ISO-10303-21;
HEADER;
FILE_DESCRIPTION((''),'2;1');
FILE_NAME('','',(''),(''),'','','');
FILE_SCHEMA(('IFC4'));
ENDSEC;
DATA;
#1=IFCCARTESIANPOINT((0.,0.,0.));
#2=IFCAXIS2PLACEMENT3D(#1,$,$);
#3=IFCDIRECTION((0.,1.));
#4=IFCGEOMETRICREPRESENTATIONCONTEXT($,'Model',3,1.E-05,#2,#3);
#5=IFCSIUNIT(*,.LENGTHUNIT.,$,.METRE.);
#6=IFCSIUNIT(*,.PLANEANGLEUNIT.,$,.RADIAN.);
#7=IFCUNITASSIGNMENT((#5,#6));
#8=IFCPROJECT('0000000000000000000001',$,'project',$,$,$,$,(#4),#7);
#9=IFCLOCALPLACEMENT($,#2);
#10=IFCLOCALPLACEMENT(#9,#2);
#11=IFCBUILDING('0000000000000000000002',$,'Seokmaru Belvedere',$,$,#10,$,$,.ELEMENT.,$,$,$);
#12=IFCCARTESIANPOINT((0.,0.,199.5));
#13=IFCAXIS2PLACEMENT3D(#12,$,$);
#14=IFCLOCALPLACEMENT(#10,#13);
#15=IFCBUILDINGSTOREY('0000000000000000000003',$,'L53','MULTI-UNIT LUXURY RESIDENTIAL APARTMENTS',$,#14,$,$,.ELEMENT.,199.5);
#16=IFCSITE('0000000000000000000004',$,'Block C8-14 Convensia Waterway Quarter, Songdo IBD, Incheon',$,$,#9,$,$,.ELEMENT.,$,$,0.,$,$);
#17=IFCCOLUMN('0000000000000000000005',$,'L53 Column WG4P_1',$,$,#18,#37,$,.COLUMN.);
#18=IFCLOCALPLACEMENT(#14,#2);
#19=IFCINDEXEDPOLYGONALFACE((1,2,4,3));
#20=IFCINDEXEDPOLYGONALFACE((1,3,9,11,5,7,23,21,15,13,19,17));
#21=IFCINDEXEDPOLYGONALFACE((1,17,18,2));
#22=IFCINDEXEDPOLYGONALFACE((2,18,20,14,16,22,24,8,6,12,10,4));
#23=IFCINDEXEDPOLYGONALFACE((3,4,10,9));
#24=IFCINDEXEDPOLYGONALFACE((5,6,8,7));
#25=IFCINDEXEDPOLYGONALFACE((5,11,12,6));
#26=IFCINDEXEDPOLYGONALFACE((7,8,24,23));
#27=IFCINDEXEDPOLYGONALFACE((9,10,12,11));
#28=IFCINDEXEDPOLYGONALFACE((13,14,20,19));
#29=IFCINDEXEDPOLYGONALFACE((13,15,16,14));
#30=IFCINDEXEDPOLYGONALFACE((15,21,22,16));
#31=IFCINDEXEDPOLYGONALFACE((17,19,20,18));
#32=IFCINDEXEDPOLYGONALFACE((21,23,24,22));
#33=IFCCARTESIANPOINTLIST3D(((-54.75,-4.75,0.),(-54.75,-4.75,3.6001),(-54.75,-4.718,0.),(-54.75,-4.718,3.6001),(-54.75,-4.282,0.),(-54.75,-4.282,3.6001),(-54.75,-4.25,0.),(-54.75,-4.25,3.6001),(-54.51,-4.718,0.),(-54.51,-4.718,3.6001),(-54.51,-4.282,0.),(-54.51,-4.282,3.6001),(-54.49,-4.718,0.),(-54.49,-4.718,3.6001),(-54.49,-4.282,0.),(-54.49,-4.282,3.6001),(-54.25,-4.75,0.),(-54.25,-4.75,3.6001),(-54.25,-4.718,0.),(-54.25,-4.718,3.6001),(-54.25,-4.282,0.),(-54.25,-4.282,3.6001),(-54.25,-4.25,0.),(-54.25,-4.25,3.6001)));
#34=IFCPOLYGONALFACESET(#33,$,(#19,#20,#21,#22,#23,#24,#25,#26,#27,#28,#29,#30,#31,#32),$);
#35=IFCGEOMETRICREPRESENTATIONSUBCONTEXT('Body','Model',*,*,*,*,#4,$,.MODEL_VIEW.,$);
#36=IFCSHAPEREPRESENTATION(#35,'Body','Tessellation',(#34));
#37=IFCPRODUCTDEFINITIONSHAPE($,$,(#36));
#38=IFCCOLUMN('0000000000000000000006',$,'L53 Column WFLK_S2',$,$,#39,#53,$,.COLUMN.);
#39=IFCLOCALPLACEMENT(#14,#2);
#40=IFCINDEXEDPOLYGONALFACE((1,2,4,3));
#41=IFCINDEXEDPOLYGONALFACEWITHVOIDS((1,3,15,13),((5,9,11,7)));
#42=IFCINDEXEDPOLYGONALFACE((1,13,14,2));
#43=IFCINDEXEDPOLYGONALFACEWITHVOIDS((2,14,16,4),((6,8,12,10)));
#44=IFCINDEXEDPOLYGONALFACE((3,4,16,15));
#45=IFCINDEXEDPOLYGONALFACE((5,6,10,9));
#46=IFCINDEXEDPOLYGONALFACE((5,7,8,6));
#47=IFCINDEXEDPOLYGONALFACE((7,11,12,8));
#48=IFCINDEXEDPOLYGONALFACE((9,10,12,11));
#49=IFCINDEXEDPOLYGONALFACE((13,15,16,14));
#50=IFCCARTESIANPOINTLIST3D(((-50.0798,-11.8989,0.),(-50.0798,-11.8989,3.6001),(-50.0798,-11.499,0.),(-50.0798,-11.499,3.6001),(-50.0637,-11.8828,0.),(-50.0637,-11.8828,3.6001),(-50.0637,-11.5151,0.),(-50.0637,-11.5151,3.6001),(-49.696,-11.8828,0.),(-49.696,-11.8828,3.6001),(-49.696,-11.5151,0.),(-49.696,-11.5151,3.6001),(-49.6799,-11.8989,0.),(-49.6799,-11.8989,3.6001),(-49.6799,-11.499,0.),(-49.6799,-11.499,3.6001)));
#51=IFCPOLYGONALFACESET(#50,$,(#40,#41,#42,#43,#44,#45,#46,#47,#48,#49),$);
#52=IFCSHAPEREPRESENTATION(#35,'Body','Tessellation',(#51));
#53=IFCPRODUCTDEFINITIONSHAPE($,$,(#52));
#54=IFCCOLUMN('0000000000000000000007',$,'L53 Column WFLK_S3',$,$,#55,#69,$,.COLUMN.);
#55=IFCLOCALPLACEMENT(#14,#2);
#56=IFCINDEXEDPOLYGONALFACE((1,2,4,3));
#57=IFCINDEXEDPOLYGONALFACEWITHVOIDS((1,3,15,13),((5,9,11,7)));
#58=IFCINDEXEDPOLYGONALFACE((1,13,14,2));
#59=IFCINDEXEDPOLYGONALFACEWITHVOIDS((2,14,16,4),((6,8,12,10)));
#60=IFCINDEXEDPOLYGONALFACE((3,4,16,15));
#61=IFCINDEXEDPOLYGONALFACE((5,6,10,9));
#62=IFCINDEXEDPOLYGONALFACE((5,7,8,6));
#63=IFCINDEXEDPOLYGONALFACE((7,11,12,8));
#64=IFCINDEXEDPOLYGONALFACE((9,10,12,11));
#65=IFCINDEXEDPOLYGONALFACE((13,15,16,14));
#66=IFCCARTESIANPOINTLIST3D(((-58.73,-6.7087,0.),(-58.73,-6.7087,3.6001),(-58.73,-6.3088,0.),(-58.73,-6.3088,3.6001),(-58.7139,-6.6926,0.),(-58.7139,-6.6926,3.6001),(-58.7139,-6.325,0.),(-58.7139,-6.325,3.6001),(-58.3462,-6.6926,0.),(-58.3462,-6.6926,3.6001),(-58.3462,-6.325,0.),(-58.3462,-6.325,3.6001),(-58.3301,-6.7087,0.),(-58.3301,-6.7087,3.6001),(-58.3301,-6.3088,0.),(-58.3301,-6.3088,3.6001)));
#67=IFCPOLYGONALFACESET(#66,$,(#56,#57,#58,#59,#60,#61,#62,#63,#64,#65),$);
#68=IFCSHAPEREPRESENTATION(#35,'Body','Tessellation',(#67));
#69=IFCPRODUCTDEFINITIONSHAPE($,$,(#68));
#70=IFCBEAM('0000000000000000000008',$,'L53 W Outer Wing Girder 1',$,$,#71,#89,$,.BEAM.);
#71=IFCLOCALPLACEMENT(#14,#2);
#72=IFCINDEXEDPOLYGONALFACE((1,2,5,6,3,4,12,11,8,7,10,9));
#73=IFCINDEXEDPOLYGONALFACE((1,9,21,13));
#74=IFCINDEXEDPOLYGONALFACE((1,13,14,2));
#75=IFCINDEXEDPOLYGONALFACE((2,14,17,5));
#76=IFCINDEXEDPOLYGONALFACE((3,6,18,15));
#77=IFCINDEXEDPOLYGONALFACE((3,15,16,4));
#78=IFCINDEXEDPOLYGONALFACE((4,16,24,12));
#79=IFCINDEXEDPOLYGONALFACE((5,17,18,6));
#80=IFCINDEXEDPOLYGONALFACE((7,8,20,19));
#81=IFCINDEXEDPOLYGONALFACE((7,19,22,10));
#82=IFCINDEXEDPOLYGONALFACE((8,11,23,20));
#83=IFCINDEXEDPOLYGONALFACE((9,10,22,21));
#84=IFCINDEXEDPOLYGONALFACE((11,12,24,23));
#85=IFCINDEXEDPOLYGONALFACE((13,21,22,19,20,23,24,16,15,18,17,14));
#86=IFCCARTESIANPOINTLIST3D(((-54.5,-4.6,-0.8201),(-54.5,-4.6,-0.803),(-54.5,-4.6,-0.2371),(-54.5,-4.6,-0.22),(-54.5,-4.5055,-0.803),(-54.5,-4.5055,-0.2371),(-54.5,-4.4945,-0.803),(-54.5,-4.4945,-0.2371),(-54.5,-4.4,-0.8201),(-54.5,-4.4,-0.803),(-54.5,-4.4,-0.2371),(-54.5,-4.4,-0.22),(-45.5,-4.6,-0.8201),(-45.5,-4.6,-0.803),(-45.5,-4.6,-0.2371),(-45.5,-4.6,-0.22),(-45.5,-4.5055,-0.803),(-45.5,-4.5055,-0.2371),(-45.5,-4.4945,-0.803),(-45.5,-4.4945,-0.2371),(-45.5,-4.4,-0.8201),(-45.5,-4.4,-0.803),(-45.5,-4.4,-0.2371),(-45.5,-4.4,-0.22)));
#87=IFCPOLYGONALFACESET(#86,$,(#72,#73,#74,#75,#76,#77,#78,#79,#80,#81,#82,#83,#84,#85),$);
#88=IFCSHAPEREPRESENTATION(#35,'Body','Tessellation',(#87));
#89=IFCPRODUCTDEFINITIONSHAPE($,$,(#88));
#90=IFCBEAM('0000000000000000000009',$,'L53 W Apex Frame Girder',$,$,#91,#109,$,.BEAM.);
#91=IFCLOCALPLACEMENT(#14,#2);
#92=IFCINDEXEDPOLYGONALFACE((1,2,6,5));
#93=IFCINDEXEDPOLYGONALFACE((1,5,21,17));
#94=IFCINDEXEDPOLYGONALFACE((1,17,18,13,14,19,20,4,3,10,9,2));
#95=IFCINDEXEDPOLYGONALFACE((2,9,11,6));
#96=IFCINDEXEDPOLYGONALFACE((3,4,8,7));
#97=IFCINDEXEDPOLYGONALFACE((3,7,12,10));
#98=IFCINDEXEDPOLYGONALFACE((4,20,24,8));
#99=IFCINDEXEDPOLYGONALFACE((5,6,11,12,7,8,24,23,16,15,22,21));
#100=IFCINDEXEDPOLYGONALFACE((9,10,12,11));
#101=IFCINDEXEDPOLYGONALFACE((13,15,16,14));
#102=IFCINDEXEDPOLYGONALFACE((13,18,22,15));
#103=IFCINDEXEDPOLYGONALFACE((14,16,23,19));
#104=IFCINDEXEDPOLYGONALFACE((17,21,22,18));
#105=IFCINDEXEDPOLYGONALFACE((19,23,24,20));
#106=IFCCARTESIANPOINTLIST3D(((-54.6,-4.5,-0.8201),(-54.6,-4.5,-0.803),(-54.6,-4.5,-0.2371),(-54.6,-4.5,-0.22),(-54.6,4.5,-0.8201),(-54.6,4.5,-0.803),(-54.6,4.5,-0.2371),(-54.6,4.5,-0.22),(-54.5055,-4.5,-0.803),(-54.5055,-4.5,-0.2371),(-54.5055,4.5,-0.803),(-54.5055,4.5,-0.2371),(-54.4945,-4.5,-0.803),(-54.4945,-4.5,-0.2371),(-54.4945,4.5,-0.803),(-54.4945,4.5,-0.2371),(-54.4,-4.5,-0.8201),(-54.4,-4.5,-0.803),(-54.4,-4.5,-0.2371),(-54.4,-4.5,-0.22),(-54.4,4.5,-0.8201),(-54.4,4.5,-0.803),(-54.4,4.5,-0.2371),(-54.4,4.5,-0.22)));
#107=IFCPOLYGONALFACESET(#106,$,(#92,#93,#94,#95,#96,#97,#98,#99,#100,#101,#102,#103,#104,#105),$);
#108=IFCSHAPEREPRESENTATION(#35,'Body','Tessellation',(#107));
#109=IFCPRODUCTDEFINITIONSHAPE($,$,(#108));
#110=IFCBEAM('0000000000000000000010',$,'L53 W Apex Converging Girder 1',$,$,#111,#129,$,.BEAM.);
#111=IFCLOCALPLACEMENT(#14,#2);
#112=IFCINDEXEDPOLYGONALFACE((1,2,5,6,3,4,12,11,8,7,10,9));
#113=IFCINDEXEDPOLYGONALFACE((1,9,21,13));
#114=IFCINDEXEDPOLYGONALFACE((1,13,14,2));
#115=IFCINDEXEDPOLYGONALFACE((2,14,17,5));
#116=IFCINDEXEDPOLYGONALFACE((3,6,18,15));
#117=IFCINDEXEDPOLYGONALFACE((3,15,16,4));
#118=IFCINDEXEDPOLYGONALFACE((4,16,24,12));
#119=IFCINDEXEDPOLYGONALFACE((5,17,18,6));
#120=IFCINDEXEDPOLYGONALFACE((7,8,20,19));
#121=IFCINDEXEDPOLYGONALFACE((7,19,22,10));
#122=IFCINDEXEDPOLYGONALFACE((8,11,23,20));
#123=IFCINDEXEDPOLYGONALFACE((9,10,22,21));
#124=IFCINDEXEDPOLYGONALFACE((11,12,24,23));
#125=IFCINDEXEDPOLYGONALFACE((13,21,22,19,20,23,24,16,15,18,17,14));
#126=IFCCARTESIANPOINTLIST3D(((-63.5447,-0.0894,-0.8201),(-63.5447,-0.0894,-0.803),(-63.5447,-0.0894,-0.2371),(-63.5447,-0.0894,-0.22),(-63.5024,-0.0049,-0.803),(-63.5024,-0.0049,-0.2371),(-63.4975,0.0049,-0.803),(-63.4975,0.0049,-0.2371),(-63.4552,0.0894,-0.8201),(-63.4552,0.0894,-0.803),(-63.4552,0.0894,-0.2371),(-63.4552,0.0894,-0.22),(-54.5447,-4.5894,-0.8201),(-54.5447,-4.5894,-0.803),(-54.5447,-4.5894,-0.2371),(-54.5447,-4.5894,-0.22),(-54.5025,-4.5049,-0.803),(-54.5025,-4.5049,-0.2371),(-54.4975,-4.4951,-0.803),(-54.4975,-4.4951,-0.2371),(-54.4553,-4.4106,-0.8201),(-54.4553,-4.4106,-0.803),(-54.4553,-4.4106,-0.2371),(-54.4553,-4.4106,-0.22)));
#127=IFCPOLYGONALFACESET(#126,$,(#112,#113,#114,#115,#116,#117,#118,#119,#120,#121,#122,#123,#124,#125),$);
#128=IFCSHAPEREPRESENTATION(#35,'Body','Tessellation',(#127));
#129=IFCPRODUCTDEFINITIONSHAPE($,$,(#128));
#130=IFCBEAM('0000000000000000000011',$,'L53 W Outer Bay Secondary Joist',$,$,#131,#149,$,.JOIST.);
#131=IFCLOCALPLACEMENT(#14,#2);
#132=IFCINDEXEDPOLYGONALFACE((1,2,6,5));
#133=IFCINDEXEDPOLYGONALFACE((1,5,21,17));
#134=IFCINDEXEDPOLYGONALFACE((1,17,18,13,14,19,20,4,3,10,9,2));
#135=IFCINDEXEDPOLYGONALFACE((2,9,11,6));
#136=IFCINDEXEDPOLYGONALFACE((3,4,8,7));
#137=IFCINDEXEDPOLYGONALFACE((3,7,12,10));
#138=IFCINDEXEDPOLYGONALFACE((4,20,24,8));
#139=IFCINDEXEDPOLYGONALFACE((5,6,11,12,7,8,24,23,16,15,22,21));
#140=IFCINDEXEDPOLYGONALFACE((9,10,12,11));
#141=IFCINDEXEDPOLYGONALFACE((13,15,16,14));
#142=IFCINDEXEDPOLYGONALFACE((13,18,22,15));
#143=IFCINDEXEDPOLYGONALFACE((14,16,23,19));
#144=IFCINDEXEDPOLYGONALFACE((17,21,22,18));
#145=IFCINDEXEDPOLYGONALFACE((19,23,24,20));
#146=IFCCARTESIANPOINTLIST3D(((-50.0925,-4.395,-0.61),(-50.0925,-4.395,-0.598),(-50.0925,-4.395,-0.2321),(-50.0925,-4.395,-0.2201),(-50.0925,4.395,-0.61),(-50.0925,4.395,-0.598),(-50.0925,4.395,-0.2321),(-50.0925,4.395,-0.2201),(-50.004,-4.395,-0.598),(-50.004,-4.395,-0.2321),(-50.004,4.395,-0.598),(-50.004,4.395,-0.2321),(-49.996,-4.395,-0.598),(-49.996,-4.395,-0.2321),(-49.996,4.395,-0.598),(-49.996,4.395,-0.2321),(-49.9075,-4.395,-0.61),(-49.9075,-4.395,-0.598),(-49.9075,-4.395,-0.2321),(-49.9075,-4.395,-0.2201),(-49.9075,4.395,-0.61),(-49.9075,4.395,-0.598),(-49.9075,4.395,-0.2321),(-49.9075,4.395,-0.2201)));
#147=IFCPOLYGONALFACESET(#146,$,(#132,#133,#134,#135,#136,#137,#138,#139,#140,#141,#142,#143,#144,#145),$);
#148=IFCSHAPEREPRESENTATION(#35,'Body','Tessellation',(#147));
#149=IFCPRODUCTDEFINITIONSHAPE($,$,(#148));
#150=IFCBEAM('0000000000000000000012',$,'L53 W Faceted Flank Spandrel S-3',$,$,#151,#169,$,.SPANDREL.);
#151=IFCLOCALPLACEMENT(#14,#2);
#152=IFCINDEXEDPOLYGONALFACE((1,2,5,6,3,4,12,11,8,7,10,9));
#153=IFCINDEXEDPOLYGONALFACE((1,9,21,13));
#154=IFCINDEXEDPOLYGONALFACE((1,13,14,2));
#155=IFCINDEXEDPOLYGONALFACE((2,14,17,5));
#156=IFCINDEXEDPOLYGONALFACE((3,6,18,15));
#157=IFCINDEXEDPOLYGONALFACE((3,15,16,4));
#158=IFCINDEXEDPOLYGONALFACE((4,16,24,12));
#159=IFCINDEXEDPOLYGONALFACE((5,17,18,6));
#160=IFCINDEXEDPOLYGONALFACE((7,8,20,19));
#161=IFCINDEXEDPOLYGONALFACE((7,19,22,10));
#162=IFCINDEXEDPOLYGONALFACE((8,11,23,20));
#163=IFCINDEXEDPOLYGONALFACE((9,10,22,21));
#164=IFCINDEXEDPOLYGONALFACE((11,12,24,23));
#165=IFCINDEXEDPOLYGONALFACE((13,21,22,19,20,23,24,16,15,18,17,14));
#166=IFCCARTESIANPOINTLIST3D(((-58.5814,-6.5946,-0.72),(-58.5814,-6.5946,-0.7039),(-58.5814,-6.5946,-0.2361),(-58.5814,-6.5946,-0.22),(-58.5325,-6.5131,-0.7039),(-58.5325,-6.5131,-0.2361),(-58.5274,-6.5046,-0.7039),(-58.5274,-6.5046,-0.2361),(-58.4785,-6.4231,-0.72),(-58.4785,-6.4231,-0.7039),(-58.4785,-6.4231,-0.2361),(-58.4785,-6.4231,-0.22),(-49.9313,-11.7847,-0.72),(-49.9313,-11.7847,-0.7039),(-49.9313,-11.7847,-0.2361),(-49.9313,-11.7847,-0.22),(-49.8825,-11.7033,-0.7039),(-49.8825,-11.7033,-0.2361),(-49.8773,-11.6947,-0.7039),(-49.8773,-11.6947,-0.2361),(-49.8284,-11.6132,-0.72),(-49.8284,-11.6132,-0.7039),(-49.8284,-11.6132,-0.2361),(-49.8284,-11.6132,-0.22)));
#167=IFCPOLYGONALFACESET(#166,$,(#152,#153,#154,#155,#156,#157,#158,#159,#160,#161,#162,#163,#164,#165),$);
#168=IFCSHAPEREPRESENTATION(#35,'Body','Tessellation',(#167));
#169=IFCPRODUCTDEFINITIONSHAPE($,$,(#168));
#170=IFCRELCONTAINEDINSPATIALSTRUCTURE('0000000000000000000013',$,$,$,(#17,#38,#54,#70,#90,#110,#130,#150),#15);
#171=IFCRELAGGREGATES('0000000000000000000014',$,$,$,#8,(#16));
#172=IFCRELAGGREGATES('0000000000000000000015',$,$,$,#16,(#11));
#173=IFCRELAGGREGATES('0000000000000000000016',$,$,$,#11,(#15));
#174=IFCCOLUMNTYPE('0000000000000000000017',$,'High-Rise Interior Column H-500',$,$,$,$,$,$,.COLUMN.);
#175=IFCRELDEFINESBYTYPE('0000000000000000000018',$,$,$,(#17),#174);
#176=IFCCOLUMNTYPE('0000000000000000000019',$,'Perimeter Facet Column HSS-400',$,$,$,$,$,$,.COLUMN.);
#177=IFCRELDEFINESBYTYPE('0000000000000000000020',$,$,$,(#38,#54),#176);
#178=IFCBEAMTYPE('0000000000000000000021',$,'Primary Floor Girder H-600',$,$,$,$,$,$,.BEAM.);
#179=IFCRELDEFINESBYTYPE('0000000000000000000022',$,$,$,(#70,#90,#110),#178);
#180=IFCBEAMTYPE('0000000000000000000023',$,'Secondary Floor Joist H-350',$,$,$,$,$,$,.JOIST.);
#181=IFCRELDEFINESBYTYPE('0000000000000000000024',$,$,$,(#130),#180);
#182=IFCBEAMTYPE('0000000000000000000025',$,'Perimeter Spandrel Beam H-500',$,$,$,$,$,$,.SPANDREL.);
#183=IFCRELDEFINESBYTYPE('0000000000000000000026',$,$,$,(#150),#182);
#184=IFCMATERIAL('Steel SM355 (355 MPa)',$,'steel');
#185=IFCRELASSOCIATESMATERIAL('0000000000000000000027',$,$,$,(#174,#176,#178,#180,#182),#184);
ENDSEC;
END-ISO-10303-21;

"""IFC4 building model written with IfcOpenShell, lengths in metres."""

from ifc_helpers import new_model, si_unit, direction, frame, origin, origin_2d, place, context, subcontext, project, spatial, hollow_rectangle, i_section, extrude, source, transform, mapped, material, material_profile, profile_set, type_object, type_shapes, element, save


model = new_model("IFC4")

# Units and contexts
model_context = context("Model", 3, precision=1e-05, world=origin(), true_north=direction((0.0, 1.0)))
body_context = subcontext(model_context, "Body", "Model", "MODEL_VIEW")
ifc_project = project(units=[si_unit("LENGTHUNIT", "METRE"), si_unit("PLANEANGLEUNIT", "RADIAN")], contexts=[model_context])

# Site, building, storey
site_placement = place(None, origin())
site = spatial("IfcSite", under=ifc_project, at=site_placement, Name="Block C8-14 Convensia Waterway Quarter, Songdo IBD, Incheon", CompositionType="ELEMENT", RefElevation=0.0)
building_placement = place(site_placement, origin())
building = spatial("IfcBuilding", under=site, at=building_placement, Name="Seokmaru Belvedere", CompositionType="ELEMENT")
storey_placement = place(building_placement, frame((0.0, 0.0, 199.5)))
storey = spatial("IfcBuildingStorey", under=building, at=storey_placement, Name="L53", Description="MULTI-UNIT LUXURY RESIDENTIAL APARTMENTS", CompositionType="ELEMENT", Elevation=199.5)

# Columns
ifc_material_1 = material(Name="Steel SM355 (355 MPa)", Category="steel")
ifc_material_profile_1 = material_profile(ifc_material_1, i_section(OverallWidth=0.5, OverallDepth=0.5, WebThickness=0.02, FlangeThickness=0.032, at=origin_2d()), Name="H-500x500x20x32")
ifc_profile_set_1 = profile_set([ifc_material_profile_1], Name="Steel SM355 (355 MPa)")
column_type_1 = type_object("IfcColumnType", Name="High-Rise Interior Column H-500", PredefinedType="COLUMN", material=ifc_profile_set_1)
shared_shape_1 = source(origin(), body_context, "Body", "SweptSolid", [
    extrude(i_section(OverallWidth=0.5, OverallDepth=0.5, WebThickness=0.02, FlangeThickness=0.032, at=origin_2d()), origin(), (0.0, 0.0, 1.0), 3.6001),
])
type_shapes(column_type_1, [shared_shape_1])
column_placement = place(storey_placement, frame((-54.5, -4.5, 0.0), z_axis=(0.0, 0.0, 1.0), x_axis=(1.0, 0.0, 0.0)))
element("IfcColumn", 1, at=column_placement, inside=storey, type_object=column_type_1, Name="L53 Column WG4P_1", PredefinedType="COLUMN", context=body_context, shape_type="MappedRepresentation", body=[
    mapped(shared_shape_1, transform((0.0, 0.0, 0.0), scale=1.0)),
])
ifc_material_profile_2 = material_profile(ifc_material_1, hollow_rectangle(XDim=0.3999, YDim=0.3999, WallThickness=0.0161, at=origin_2d()), Name="HSS-400x400x16")
ifc_profile_set_2 = profile_set([ifc_material_profile_2], Name="Steel SM355 (355 MPa)")
column_type_2 = type_object("IfcColumnType", Name="Perimeter Facet Column HSS-400", PredefinedType="COLUMN", material=ifc_profile_set_2)
shared_shape_2 = source(origin(), body_context, "Body", "SweptSolid", [
    extrude(hollow_rectangle(XDim=0.3999, YDim=0.3999, WallThickness=0.0161, at=origin_2d()), origin(), (0.0, 0.0, 1.0), 3.6001),
])
type_shapes(column_type_2, [shared_shape_2])
for number, where, z_axis, x_axis, name in (
    (2, (-49.8799, -11.699, 0.0), (0.0, 0.0, 1.0), (1.0, 0.0, 0.0), "L53 Column WFLK_S2"),
    (3, (-58.53, -6.5088, 0.0), (0.0, 0.0, 1.0), (1.0, 0.0, 0.0), "L53 Column WFLK_S3"),
):
    element("IfcColumn", number, at=place(storey_placement, frame(where, z_axis=z_axis, x_axis=x_axis)), inside=storey, type_object=column_type_2, Name=name, PredefinedType="COLUMN", context=body_context, shape_type="MappedRepresentation", body=[
        mapped(shared_shape_2, transform((0.0, 0.0, 0.0), scale=1.0)),
    ])

# Beams
ifc_material_profile_3 = material_profile(ifc_material_1, i_section(OverallWidth=0.2, OverallDepth=0.6001, WebThickness=0.011, FlangeThickness=0.0171, at=origin_2d()), Name="H-600x200x11x17")
ifc_profile_set_3 = profile_set([ifc_material_profile_3], Name="Steel SM355 (355 MPa)")
beam_type_1 = type_object("IfcBeamType", Name="Primary Floor Girder H-600", PredefinedType="BEAM", material=ifc_profile_set_3)
shared_shape_3 = source(origin(), body_context, "Body", "SweptSolid", [
    extrude(i_section(OverallWidth=0.2, OverallDepth=0.6001, WebThickness=0.011, FlangeThickness=0.0171, at=origin_2d()), origin(), (0.0, 0.0, 1.0), 9.0),
])
for number, where, z_axis, x_axis, name in (
    (4, (-54.5, -4.5, -0.52), (1.0, 0.0, 0.0), (0.0, 1.0, 0.0), "L53 W Outer Wing Girder 1"),
    (5, (-54.5, -4.5, -0.52), (0.0, 1.0, 0.0), (-1.0, 0.0, 0.0), "L53 W Apex Frame Girder"),
):
    element("IfcBeam", number, at=place(storey_placement, frame(where, z_axis=z_axis, x_axis=x_axis)), inside=storey, type_object=beam_type_1, Name=name, PredefinedType="BEAM", context=body_context, shape_type="MappedRepresentation", body=[
        mapped(shared_shape_3, transform((0.0, 0.0, 0.0), scale=1.0)),
    ])
shared_shape_4 = source(origin(), body_context, "Body", "SweptSolid", [
    extrude(i_section(OverallWidth=0.2, OverallDepth=0.6001, WebThickness=0.011, FlangeThickness=0.0171, at=origin_2d()), origin(), (0.0, 0.0, 1.0), 10.0623),
])
beam_1_placement = place(storey_placement, frame((-54.5, -4.5, -0.52), z_axis=(-0.894427, 0.447214, 0.0), x_axis=(-0.447214, -0.894427, 0.0)))
element("IfcBeam", 6, at=beam_1_placement, inside=storey, type_object=beam_type_1, Name="L53 W Apex Converging Girder 1", PredefinedType="BEAM", context=body_context, shape_type="MappedRepresentation", body=[
    mapped(shared_shape_4, transform((0.0, 0.0, 0.0), scale=1.0)),
])
ifc_material_profile_4 = material_profile(ifc_material_1, i_section(OverallWidth=0.1851, OverallDepth=0.3899, WebThickness=0.0081, FlangeThickness=0.012, at=origin_2d()), Name="H-390x185x8x12")
ifc_profile_set_4 = profile_set([ifc_material_profile_4], Name="Steel SM355 (355 MPa)")
beam_type_2 = type_object("IfcBeamType", Name="Secondary Floor Joist H-350", PredefinedType="JOIST", material=ifc_profile_set_4)
shared_shape_5 = source(origin(), body_context, "Body", "SweptSolid", [
    extrude(i_section(OverallWidth=0.1851, OverallDepth=0.3899, WebThickness=0.0081, FlangeThickness=0.012, at=origin_2d()), origin(), (0.0, 0.0, 1.0), 8.79),
])
type_shapes(beam_type_2, [shared_shape_5])
beam_2_placement = place(storey_placement, frame((-50.0, -4.395, -0.415), z_axis=(0.0, 1.0, 0.0), x_axis=(-1.0, 0.0, 0.0)))
element("IfcBeam", 7, at=beam_2_placement, inside=storey, type_object=beam_type_2, Name="L53 W Outer Bay Secondary Joist", PredefinedType="JOIST", context=body_context, shape_type="MappedRepresentation", body=[
    mapped(shared_shape_5, transform((0.0, 0.0, 0.0), scale=1.0)),
])
ifc_material_profile_5 = material_profile(ifc_material_1, i_section(OverallWidth=0.2, OverallDepth=0.5, WebThickness=0.01, FlangeThickness=0.0161, at=origin_2d()), Name="H-500x200x10x16")
ifc_profile_set_5 = profile_set([ifc_material_profile_5], Name="Steel SM355 (355 MPa)")
beam_type_3 = type_object("IfcBeamType", Name="Perimeter Spandrel Beam H-500", PredefinedType="SPANDREL", material=ifc_profile_set_5)
shared_shape_6 = source(origin(), body_context, "Body", "SweptSolid", [
    extrude(i_section(OverallWidth=0.2, OverallDepth=0.5, WebThickness=0.01, FlangeThickness=0.0161, at=origin_2d()), origin(), (0.0, 0.0, 1.0), 10.0876),
])
beam_3_placement = place(storey_placement, frame((-49.8799, -11.699, -0.47), z_axis=(-0.857489, 0.514503, 0.0), x_axis=(-0.514503, -0.857489, 0.0)))
element("IfcBeam", 8, at=beam_3_placement, inside=storey, type_object=beam_type_3, Name="L53 W Faceted Flank Spandrel S-3", PredefinedType="SPANDREL", context=body_context, shape_type="MappedRepresentation", body=[
    mapped(shared_shape_6, transform((0.0, 0.0, 0.0), scale=1.0)),
])

save(model, "model.ifc")
